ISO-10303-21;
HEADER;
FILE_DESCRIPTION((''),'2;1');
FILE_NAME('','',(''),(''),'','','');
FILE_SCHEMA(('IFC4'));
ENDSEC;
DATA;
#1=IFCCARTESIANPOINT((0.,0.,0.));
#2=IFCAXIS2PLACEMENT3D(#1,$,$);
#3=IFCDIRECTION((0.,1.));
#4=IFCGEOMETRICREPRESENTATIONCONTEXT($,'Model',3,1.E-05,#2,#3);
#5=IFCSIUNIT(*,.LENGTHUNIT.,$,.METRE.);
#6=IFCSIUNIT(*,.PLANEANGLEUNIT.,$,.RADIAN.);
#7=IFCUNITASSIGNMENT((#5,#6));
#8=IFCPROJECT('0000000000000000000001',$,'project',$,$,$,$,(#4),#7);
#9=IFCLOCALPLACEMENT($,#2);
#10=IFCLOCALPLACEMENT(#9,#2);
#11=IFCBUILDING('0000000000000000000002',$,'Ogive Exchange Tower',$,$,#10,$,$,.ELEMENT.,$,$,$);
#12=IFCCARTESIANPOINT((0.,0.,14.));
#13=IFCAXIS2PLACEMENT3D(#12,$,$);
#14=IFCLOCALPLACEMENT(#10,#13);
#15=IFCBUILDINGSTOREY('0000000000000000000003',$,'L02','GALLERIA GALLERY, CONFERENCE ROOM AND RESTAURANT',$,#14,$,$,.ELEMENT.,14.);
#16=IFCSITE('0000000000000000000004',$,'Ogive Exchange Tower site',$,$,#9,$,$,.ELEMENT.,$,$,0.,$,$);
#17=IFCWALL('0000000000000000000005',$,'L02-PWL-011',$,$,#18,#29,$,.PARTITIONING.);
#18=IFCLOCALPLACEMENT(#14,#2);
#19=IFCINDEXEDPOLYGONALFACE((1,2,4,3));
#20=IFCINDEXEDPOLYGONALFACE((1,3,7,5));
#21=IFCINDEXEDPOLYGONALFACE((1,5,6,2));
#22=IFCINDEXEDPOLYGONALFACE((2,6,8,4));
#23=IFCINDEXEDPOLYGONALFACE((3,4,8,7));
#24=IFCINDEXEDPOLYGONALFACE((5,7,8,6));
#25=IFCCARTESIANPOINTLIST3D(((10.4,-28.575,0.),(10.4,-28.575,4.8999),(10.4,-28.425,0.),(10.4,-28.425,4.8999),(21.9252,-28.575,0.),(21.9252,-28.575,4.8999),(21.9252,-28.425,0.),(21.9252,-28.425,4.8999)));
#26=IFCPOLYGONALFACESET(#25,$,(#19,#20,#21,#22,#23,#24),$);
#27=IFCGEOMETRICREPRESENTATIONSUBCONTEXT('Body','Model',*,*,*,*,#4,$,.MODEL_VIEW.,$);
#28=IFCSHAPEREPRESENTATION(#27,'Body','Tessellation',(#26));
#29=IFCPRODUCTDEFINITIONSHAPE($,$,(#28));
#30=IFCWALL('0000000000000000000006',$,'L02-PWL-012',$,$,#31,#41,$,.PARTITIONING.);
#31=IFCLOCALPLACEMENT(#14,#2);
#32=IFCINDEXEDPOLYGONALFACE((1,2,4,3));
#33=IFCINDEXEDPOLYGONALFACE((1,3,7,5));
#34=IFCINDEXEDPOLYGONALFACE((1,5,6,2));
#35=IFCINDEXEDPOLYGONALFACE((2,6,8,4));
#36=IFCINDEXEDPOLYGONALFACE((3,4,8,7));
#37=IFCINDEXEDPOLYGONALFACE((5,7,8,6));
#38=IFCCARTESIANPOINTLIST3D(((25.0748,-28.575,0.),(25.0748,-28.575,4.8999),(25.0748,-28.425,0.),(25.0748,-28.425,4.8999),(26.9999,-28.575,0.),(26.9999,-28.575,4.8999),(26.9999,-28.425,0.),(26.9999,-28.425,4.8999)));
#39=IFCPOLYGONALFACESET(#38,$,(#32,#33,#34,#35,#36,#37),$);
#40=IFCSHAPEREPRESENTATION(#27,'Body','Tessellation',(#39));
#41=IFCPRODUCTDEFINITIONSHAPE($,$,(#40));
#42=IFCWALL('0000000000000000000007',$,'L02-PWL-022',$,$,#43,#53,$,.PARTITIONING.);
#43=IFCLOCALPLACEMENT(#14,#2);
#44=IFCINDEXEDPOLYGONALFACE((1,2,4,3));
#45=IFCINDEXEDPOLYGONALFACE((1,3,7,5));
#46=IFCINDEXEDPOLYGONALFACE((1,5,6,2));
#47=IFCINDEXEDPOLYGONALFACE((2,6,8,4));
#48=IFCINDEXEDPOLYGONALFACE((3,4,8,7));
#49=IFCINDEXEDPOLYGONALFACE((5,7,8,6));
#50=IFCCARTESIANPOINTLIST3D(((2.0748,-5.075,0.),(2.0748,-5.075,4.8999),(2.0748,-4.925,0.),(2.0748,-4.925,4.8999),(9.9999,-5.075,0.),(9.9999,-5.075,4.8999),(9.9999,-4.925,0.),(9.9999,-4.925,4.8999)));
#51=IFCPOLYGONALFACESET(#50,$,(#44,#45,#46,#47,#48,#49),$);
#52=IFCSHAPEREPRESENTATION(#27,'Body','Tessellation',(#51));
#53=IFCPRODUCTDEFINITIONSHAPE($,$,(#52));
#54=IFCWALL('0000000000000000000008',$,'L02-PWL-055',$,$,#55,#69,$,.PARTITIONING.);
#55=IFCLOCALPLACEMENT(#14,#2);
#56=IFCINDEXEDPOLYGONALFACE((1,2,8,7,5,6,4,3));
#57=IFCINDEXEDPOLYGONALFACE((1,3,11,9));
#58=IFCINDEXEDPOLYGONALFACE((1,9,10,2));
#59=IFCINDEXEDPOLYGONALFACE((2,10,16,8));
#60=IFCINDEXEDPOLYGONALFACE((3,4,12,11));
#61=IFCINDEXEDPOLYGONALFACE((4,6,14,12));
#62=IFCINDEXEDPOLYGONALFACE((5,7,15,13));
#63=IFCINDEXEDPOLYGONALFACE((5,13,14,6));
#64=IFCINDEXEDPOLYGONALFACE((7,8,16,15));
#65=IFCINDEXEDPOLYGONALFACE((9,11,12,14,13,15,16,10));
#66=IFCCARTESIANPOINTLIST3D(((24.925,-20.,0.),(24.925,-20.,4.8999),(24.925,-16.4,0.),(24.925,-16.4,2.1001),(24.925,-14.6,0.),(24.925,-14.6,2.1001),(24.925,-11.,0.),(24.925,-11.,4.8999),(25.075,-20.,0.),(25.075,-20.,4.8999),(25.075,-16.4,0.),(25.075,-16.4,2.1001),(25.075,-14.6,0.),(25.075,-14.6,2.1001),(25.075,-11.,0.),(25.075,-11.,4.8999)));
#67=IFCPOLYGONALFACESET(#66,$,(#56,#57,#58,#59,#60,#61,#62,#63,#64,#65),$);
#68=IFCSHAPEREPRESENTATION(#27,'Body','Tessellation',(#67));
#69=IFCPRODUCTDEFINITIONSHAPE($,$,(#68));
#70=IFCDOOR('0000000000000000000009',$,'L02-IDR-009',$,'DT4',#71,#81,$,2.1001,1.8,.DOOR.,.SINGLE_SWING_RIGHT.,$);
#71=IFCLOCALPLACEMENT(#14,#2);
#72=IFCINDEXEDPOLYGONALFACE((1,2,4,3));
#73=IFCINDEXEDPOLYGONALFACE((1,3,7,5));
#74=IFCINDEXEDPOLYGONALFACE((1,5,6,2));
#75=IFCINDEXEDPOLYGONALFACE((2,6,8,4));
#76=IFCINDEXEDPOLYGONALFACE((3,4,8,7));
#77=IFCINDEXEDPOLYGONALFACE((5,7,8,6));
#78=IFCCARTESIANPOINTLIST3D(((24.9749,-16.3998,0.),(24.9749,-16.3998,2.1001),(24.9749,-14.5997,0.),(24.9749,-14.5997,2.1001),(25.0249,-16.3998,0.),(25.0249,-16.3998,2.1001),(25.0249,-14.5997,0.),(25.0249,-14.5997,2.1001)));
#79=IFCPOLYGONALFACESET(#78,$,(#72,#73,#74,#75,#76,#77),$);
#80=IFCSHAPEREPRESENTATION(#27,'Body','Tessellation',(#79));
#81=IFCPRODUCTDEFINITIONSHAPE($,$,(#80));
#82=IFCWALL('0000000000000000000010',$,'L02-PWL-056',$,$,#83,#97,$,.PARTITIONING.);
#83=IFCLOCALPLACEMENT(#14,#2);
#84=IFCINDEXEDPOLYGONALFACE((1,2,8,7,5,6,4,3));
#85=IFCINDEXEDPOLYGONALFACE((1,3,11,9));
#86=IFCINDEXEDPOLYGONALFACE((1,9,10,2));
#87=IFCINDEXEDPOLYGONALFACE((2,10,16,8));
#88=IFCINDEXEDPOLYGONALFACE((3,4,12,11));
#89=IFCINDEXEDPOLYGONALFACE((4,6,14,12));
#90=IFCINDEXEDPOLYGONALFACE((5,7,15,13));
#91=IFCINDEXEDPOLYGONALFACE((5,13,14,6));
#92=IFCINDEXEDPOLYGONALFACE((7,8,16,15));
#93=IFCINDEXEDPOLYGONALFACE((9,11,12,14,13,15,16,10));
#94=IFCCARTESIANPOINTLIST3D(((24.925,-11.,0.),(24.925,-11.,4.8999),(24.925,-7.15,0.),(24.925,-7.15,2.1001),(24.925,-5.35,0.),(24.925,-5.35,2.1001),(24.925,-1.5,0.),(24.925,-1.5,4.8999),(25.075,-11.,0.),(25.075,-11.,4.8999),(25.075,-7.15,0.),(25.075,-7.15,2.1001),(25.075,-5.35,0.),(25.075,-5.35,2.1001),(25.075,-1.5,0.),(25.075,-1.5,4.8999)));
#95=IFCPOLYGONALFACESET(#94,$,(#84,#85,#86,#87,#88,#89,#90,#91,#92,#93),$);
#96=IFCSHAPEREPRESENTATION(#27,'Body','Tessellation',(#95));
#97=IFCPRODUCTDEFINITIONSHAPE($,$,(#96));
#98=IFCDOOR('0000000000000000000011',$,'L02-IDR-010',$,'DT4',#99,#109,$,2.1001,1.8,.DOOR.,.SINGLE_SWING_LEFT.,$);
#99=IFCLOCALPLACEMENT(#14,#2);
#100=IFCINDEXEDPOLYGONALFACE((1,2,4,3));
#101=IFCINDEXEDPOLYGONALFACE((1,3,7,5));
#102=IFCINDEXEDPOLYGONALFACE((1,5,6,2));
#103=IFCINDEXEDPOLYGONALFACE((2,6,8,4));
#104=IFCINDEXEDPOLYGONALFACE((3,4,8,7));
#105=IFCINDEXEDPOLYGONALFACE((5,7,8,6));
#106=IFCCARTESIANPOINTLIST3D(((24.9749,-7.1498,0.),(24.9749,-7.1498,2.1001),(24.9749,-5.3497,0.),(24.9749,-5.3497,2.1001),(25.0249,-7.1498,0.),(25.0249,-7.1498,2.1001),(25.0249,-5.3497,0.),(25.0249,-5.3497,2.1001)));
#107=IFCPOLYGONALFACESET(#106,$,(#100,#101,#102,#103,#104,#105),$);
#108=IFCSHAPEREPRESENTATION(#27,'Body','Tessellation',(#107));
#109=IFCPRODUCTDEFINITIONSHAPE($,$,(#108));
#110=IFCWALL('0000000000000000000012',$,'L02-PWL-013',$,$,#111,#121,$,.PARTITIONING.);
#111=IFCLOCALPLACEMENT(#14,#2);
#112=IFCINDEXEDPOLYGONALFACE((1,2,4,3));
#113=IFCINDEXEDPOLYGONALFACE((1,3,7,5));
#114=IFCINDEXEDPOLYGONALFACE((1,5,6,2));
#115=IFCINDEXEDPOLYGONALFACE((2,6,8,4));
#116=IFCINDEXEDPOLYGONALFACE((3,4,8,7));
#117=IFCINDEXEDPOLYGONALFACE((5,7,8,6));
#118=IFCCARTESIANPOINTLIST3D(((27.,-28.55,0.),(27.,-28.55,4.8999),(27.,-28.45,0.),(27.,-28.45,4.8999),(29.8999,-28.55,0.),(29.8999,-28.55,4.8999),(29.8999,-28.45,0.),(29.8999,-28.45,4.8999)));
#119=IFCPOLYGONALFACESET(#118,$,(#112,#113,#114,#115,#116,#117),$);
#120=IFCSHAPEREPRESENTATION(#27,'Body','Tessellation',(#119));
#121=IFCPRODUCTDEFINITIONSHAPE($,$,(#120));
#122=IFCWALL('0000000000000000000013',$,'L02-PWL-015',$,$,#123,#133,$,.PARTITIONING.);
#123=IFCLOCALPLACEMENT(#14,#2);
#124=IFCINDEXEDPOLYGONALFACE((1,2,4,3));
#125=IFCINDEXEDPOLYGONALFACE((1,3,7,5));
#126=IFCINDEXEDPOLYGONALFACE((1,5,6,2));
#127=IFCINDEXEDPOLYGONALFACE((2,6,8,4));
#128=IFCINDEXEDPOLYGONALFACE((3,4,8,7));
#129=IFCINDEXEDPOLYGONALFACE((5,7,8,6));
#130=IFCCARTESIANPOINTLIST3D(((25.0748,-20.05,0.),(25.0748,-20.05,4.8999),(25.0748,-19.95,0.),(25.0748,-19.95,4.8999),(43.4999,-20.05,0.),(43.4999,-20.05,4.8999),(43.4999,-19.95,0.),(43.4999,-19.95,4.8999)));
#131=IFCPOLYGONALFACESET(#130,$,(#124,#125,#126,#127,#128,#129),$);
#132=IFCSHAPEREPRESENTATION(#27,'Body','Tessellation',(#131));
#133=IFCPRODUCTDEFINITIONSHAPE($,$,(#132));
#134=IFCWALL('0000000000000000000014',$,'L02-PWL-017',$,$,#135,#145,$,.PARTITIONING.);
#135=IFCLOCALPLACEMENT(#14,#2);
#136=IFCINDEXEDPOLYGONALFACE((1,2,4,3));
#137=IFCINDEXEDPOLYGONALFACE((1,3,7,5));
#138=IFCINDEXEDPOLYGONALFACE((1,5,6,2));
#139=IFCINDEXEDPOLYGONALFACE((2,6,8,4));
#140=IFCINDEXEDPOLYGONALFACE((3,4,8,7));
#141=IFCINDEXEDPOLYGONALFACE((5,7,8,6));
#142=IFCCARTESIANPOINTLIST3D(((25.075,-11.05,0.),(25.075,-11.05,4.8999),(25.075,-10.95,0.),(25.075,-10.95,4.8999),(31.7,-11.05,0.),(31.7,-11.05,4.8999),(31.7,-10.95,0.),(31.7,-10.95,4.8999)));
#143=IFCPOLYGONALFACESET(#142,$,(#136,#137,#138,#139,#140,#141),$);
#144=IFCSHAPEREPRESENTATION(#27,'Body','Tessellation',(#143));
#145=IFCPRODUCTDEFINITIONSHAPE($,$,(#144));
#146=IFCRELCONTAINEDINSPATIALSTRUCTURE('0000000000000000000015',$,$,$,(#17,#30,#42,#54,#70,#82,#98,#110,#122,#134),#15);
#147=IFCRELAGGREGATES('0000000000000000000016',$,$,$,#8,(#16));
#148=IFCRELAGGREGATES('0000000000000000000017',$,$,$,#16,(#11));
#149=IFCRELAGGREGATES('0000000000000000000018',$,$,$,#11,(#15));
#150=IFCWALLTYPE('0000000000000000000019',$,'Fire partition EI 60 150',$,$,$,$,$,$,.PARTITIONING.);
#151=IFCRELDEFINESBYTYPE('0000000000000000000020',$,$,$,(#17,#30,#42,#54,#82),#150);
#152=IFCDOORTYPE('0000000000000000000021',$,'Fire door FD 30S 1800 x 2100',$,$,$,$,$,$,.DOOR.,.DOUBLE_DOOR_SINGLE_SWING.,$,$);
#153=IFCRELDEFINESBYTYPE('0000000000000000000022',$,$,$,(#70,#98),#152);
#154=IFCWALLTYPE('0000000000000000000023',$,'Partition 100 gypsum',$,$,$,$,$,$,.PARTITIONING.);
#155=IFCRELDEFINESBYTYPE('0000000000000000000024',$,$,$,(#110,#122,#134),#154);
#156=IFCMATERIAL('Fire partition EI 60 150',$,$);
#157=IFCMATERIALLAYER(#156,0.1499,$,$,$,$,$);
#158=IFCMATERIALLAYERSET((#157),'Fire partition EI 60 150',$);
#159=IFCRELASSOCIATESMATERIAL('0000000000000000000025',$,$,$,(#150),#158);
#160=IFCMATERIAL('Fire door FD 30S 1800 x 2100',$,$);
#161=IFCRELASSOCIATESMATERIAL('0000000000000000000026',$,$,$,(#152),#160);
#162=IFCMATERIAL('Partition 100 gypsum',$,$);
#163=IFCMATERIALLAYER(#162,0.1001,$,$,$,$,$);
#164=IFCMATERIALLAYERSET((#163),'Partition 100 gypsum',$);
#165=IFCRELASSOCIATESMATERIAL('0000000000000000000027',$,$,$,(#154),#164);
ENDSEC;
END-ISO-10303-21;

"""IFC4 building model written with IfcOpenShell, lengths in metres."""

from ifc_helpers import new_model, si_unit, direction, frame, frame_2d, origin, place, context, subcontext, project, spatial, rectangle, extrude, material, layer, layer_set, type_object, element, fill, save


model = new_model("IFC4")

# Units and contexts
model_context = context("Model", 3, precision=1e-05, world=origin(), true_north=direction((0.0, 1.0)))
body_context = subcontext(model_context, "Body", "Model", "MODEL_VIEW")
ifc_project = project(units=[si_unit("LENGTHUNIT", "METRE"), si_unit("PLANEANGLEUNIT", "RADIAN")], contexts=[model_context])

# Site, building, storey
site_placement = place(None, origin())
site = spatial("IfcSite", under=ifc_project, at=site_placement, Name="Ogive Exchange Tower site", CompositionType="ELEMENT", RefElevation=0.0)
building_placement = place(site_placement, origin())
building = spatial("IfcBuilding", under=site, at=building_placement, Name="Ogive Exchange Tower", CompositionType="ELEMENT")
storey_placement = place(building_placement, frame((0.0, 0.0, 14.0)))
storey = spatial("IfcBuildingStorey", under=building, at=storey_placement, Name="L02", Description="GALLERIA GALLERY, CONFERENCE ROOM AND RESTAURANT", CompositionType="ELEMENT", Elevation=14.0)

# Walls
ifc_material_1 = material(Name="Fire partition EI 60 150")
ifc_layer_1 = layer(ifc_material_1, 0.1499)
ifc_layer_set_1 = layer_set([ifc_layer_1], Name="Fire partition EI 60 150")
wall_type_1 = type_object("IfcWallType", Name="Fire partition EI 60 150", PredefinedType="PARTITIONING", material=ifc_layer_set_1)
wall_1_placement = place(storey_placement, frame((10.3999, -28.5, 0.0), z_axis=(0.0, 0.0, 1.0), x_axis=(1.0, 0.0, 0.0)))
element("IfcWall", 1, at=wall_1_placement, inside=storey, type_object=wall_type_1, Name="L02-PWL-011", PredefinedType="PARTITIONING", context=body_context, shape_type="SweptSolid", body=[
    extrude(rectangle(XDim=11.5251, YDim=0.1499, at=frame_2d((5.7627, 0.0))), origin(), (0.0, 0.0, 1.0), 4.8999),
])
wall_2_placement = place(storey_placement, frame((25.075, -28.5, 0.0), z_axis=(0.0, 0.0, 1.0), x_axis=(1.0, 0.0, 0.0)))
element("IfcWall", 2, at=wall_2_placement, inside=storey, type_object=wall_type_1, Name="L02-PWL-012", PredefinedType="PARTITIONING", context=body_context, shape_type="SweptSolid", body=[
    extrude(rectangle(XDim=1.925, YDim=0.1499, at=frame_2d((0.9624, 0.0))), origin(), (0.0, 0.0, 1.0), 4.8999),
])
wall_3_placement = place(storey_placement, frame((2.075, -5.0, 0.0), z_axis=(0.0, 0.0, 1.0), x_axis=(1.0, 0.0, 0.0)))
element("IfcWall", 3, at=wall_3_placement, inside=storey, type_object=wall_type_1, Name="L02-PWL-022", PredefinedType="PARTITIONING", context=body_context, shape_type="SweptSolid", body=[
    extrude(rectangle(XDim=7.925, YDim=0.1499, at=frame_2d((3.9624, 0.0))), origin(), (0.0, 0.0, 1.0), 4.8999),
])

# Walls, openings, doors
wall_4_placement = place(storey_placement, frame((25.0, -20.0, 0.0), z_axis=(0.0, 0.0, 1.0), x_axis=(0.0, 1.0, 0.0)))
wall_4 = element("IfcWall", 4, at=wall_4_placement, inside=storey, type_object=wall_type_1, Name="L02-PWL-055", PredefinedType="PARTITIONING", context=body_context, shape_type="SweptSolid", body=[
    extrude(rectangle(XDim=9.0, YDim=0.1499, at=frame_2d((4.5, 0.0))), origin(), (0.0, 0.0, 1.0), 4.8999),
])
opening_1_placement = place(wall_4_placement, frame((3.6001, 0.0, 0.0)))
opening_1 = element("IfcOpeningElement", 5, at=opening_1_placement, cuts=wall_4, PredefinedType="OPENING", context=body_context, shape_type="SweptSolid", body=[
    extrude(rectangle(XDim=1.8, YDim=2.1001, at=frame_2d((0.8999, 1.05))), frame((0.0, 0.085, 0.0), z_axis=(0.0, -1.0, 0.0), x_axis=(1.0, 0.0, 0.0)), (0.0, 0.0, 1.0), 0.1699),
])
ifc_material_2 = material(Name="Fire door FD 30S 1800 x 2100")
door_type_1 = type_object("IfcDoorType", Name="Fire door FD 30S 1800 x 2100", OperationType="DOUBLE_DOOR_SINGLE_SWING", PredefinedType="DOOR", material=ifc_material_2)
door_1_placement = place(opening_1_placement, frame((1.8, 0.0, 0.0), z_axis=(0.0, 0.0, 1.0), x_axis=(-1.0, 0.0, 0.0)))
door_1 = element("IfcDoor", 6, at=door_1_placement, inside=storey, type_object=door_type_1, Name="L02-IDR-009", ObjectType="DT4", OperationType="SINGLE_SWING_RIGHT", OverallHeight=2.1001, OverallWidth=1.8, PredefinedType="DOOR", context=body_context, shape_type="SweptSolid", body=[
    extrude(rectangle(XDim=1.8, YDim=2.1001, at=frame_2d((0.8999, 1.05))), frame((0.0, 0.0249, 0.0), z_axis=(0.0, -1.0, 0.0), x_axis=(1.0, 0.0, 0.0)), (0.0, 0.0, 1.0), 0.05),
])
fill(opening_1, door_1)
wall_5_placement = place(storey_placement, frame((25.0, -11.0, 0.0), z_axis=(0.0, 0.0, 1.0), x_axis=(0.0, 1.0, 0.0)))
wall_5 = element("IfcWall", 7, at=wall_5_placement, inside=storey, type_object=wall_type_1, Name="L02-PWL-056", PredefinedType="PARTITIONING", context=body_context, shape_type="SweptSolid", body=[
    extrude(rectangle(XDim=9.5, YDim=0.1499, at=frame_2d((4.75, 0.0))), origin(), (0.0, 0.0, 1.0), 4.8999),
])
opening_2_placement = place(wall_5_placement, frame((3.8501, 0.0, 0.0)))
opening_2 = element("IfcOpeningElement", 8, at=opening_2_placement, cuts=wall_5, PredefinedType="OPENING", context=body_context, shape_type="SweptSolid", body=[
    extrude(rectangle(XDim=1.8, YDim=2.1001, at=frame_2d((0.8999, 1.05))), frame((0.0, 0.085, 0.0), z_axis=(0.0, -1.0, 0.0), x_axis=(1.0, 0.0, 0.0)), (0.0, 0.0, 1.0), 0.1699),
])
door_2_placement = place(opening_2_placement, frame((1.8, 0.0, 0.0), z_axis=(0.0, 0.0, 1.0), x_axis=(-1.0, 0.0, 0.0)))
door_2 = element("IfcDoor", 9, at=door_2_placement, inside=storey, type_object=door_type_1, Name="L02-IDR-010", ObjectType="DT4", OperationType="SINGLE_SWING_LEFT", OverallHeight=2.1001, OverallWidth=1.8, PredefinedType="DOOR", context=body_context, shape_type="SweptSolid", body=[
    extrude(rectangle(XDim=1.8, YDim=2.1001, at=frame_2d((0.8999, 1.05))), frame((0.0, 0.0249, 0.0), z_axis=(0.0, -1.0, 0.0), x_axis=(1.0, 0.0, 0.0)), (0.0, 0.0, 1.0), 0.05),
])
fill(opening_2, door_2)

# Walls
ifc_material_3 = material(Name="Partition 100 gypsum")
ifc_layer_2 = layer(ifc_material_3, 0.1001)
ifc_layer_set_2 = layer_set([ifc_layer_2], Name="Partition 100 gypsum")
wall_type_2 = type_object("IfcWallType", Name="Partition 100 gypsum", PredefinedType="PARTITIONING", material=ifc_layer_set_2)
wall_6_placement = place(storey_placement, frame((27.0, -28.5, 0.0), z_axis=(0.0, 0.0, 1.0), x_axis=(1.0, 0.0, 0.0)))
element("IfcWall", 10, at=wall_6_placement, inside=storey, type_object=wall_type_2, Name="L02-PWL-013", PredefinedType="PARTITIONING", context=body_context, shape_type="SweptSolid", body=[
    extrude(rectangle(XDim=2.8999, YDim=0.1001, at=frame_2d((1.45, 0.0))), origin(), (0.0, 0.0, 1.0), 4.8999),
])
wall_7_placement = place(storey_placement, frame((25.075, -20.0, 0.0), z_axis=(0.0, 0.0, 1.0), x_axis=(1.0, 0.0, 0.0)))
element("IfcWall", 11, at=wall_7_placement, inside=storey, type_object=wall_type_2, Name="L02-PWL-015", PredefinedType="PARTITIONING", context=body_context, shape_type="SweptSolid", body=[
    extrude(rectangle(XDim=18.425, YDim=0.1001, at=frame_2d((9.2124, 0.0))), origin(), (0.0, 0.0, 1.0), 4.8999),
])
wall_8_placement = place(storey_placement, frame((25.075, -11.0, 0.0), z_axis=(0.0, 0.0, 1.0), x_axis=(1.0, 0.0, 0.0)))
element("IfcWall", 12, at=wall_8_placement, inside=storey, type_object=wall_type_2, Name="L02-PWL-017", PredefinedType="PARTITIONING", context=body_context, shape_type="SweptSolid", body=[
    extrude(rectangle(XDim=6.625, YDim=0.1001, at=frame_2d((3.3125, 0.0))), origin(), (0.0, 0.0, 1.0), 4.8999),
])

save(model, "model.ifc")
